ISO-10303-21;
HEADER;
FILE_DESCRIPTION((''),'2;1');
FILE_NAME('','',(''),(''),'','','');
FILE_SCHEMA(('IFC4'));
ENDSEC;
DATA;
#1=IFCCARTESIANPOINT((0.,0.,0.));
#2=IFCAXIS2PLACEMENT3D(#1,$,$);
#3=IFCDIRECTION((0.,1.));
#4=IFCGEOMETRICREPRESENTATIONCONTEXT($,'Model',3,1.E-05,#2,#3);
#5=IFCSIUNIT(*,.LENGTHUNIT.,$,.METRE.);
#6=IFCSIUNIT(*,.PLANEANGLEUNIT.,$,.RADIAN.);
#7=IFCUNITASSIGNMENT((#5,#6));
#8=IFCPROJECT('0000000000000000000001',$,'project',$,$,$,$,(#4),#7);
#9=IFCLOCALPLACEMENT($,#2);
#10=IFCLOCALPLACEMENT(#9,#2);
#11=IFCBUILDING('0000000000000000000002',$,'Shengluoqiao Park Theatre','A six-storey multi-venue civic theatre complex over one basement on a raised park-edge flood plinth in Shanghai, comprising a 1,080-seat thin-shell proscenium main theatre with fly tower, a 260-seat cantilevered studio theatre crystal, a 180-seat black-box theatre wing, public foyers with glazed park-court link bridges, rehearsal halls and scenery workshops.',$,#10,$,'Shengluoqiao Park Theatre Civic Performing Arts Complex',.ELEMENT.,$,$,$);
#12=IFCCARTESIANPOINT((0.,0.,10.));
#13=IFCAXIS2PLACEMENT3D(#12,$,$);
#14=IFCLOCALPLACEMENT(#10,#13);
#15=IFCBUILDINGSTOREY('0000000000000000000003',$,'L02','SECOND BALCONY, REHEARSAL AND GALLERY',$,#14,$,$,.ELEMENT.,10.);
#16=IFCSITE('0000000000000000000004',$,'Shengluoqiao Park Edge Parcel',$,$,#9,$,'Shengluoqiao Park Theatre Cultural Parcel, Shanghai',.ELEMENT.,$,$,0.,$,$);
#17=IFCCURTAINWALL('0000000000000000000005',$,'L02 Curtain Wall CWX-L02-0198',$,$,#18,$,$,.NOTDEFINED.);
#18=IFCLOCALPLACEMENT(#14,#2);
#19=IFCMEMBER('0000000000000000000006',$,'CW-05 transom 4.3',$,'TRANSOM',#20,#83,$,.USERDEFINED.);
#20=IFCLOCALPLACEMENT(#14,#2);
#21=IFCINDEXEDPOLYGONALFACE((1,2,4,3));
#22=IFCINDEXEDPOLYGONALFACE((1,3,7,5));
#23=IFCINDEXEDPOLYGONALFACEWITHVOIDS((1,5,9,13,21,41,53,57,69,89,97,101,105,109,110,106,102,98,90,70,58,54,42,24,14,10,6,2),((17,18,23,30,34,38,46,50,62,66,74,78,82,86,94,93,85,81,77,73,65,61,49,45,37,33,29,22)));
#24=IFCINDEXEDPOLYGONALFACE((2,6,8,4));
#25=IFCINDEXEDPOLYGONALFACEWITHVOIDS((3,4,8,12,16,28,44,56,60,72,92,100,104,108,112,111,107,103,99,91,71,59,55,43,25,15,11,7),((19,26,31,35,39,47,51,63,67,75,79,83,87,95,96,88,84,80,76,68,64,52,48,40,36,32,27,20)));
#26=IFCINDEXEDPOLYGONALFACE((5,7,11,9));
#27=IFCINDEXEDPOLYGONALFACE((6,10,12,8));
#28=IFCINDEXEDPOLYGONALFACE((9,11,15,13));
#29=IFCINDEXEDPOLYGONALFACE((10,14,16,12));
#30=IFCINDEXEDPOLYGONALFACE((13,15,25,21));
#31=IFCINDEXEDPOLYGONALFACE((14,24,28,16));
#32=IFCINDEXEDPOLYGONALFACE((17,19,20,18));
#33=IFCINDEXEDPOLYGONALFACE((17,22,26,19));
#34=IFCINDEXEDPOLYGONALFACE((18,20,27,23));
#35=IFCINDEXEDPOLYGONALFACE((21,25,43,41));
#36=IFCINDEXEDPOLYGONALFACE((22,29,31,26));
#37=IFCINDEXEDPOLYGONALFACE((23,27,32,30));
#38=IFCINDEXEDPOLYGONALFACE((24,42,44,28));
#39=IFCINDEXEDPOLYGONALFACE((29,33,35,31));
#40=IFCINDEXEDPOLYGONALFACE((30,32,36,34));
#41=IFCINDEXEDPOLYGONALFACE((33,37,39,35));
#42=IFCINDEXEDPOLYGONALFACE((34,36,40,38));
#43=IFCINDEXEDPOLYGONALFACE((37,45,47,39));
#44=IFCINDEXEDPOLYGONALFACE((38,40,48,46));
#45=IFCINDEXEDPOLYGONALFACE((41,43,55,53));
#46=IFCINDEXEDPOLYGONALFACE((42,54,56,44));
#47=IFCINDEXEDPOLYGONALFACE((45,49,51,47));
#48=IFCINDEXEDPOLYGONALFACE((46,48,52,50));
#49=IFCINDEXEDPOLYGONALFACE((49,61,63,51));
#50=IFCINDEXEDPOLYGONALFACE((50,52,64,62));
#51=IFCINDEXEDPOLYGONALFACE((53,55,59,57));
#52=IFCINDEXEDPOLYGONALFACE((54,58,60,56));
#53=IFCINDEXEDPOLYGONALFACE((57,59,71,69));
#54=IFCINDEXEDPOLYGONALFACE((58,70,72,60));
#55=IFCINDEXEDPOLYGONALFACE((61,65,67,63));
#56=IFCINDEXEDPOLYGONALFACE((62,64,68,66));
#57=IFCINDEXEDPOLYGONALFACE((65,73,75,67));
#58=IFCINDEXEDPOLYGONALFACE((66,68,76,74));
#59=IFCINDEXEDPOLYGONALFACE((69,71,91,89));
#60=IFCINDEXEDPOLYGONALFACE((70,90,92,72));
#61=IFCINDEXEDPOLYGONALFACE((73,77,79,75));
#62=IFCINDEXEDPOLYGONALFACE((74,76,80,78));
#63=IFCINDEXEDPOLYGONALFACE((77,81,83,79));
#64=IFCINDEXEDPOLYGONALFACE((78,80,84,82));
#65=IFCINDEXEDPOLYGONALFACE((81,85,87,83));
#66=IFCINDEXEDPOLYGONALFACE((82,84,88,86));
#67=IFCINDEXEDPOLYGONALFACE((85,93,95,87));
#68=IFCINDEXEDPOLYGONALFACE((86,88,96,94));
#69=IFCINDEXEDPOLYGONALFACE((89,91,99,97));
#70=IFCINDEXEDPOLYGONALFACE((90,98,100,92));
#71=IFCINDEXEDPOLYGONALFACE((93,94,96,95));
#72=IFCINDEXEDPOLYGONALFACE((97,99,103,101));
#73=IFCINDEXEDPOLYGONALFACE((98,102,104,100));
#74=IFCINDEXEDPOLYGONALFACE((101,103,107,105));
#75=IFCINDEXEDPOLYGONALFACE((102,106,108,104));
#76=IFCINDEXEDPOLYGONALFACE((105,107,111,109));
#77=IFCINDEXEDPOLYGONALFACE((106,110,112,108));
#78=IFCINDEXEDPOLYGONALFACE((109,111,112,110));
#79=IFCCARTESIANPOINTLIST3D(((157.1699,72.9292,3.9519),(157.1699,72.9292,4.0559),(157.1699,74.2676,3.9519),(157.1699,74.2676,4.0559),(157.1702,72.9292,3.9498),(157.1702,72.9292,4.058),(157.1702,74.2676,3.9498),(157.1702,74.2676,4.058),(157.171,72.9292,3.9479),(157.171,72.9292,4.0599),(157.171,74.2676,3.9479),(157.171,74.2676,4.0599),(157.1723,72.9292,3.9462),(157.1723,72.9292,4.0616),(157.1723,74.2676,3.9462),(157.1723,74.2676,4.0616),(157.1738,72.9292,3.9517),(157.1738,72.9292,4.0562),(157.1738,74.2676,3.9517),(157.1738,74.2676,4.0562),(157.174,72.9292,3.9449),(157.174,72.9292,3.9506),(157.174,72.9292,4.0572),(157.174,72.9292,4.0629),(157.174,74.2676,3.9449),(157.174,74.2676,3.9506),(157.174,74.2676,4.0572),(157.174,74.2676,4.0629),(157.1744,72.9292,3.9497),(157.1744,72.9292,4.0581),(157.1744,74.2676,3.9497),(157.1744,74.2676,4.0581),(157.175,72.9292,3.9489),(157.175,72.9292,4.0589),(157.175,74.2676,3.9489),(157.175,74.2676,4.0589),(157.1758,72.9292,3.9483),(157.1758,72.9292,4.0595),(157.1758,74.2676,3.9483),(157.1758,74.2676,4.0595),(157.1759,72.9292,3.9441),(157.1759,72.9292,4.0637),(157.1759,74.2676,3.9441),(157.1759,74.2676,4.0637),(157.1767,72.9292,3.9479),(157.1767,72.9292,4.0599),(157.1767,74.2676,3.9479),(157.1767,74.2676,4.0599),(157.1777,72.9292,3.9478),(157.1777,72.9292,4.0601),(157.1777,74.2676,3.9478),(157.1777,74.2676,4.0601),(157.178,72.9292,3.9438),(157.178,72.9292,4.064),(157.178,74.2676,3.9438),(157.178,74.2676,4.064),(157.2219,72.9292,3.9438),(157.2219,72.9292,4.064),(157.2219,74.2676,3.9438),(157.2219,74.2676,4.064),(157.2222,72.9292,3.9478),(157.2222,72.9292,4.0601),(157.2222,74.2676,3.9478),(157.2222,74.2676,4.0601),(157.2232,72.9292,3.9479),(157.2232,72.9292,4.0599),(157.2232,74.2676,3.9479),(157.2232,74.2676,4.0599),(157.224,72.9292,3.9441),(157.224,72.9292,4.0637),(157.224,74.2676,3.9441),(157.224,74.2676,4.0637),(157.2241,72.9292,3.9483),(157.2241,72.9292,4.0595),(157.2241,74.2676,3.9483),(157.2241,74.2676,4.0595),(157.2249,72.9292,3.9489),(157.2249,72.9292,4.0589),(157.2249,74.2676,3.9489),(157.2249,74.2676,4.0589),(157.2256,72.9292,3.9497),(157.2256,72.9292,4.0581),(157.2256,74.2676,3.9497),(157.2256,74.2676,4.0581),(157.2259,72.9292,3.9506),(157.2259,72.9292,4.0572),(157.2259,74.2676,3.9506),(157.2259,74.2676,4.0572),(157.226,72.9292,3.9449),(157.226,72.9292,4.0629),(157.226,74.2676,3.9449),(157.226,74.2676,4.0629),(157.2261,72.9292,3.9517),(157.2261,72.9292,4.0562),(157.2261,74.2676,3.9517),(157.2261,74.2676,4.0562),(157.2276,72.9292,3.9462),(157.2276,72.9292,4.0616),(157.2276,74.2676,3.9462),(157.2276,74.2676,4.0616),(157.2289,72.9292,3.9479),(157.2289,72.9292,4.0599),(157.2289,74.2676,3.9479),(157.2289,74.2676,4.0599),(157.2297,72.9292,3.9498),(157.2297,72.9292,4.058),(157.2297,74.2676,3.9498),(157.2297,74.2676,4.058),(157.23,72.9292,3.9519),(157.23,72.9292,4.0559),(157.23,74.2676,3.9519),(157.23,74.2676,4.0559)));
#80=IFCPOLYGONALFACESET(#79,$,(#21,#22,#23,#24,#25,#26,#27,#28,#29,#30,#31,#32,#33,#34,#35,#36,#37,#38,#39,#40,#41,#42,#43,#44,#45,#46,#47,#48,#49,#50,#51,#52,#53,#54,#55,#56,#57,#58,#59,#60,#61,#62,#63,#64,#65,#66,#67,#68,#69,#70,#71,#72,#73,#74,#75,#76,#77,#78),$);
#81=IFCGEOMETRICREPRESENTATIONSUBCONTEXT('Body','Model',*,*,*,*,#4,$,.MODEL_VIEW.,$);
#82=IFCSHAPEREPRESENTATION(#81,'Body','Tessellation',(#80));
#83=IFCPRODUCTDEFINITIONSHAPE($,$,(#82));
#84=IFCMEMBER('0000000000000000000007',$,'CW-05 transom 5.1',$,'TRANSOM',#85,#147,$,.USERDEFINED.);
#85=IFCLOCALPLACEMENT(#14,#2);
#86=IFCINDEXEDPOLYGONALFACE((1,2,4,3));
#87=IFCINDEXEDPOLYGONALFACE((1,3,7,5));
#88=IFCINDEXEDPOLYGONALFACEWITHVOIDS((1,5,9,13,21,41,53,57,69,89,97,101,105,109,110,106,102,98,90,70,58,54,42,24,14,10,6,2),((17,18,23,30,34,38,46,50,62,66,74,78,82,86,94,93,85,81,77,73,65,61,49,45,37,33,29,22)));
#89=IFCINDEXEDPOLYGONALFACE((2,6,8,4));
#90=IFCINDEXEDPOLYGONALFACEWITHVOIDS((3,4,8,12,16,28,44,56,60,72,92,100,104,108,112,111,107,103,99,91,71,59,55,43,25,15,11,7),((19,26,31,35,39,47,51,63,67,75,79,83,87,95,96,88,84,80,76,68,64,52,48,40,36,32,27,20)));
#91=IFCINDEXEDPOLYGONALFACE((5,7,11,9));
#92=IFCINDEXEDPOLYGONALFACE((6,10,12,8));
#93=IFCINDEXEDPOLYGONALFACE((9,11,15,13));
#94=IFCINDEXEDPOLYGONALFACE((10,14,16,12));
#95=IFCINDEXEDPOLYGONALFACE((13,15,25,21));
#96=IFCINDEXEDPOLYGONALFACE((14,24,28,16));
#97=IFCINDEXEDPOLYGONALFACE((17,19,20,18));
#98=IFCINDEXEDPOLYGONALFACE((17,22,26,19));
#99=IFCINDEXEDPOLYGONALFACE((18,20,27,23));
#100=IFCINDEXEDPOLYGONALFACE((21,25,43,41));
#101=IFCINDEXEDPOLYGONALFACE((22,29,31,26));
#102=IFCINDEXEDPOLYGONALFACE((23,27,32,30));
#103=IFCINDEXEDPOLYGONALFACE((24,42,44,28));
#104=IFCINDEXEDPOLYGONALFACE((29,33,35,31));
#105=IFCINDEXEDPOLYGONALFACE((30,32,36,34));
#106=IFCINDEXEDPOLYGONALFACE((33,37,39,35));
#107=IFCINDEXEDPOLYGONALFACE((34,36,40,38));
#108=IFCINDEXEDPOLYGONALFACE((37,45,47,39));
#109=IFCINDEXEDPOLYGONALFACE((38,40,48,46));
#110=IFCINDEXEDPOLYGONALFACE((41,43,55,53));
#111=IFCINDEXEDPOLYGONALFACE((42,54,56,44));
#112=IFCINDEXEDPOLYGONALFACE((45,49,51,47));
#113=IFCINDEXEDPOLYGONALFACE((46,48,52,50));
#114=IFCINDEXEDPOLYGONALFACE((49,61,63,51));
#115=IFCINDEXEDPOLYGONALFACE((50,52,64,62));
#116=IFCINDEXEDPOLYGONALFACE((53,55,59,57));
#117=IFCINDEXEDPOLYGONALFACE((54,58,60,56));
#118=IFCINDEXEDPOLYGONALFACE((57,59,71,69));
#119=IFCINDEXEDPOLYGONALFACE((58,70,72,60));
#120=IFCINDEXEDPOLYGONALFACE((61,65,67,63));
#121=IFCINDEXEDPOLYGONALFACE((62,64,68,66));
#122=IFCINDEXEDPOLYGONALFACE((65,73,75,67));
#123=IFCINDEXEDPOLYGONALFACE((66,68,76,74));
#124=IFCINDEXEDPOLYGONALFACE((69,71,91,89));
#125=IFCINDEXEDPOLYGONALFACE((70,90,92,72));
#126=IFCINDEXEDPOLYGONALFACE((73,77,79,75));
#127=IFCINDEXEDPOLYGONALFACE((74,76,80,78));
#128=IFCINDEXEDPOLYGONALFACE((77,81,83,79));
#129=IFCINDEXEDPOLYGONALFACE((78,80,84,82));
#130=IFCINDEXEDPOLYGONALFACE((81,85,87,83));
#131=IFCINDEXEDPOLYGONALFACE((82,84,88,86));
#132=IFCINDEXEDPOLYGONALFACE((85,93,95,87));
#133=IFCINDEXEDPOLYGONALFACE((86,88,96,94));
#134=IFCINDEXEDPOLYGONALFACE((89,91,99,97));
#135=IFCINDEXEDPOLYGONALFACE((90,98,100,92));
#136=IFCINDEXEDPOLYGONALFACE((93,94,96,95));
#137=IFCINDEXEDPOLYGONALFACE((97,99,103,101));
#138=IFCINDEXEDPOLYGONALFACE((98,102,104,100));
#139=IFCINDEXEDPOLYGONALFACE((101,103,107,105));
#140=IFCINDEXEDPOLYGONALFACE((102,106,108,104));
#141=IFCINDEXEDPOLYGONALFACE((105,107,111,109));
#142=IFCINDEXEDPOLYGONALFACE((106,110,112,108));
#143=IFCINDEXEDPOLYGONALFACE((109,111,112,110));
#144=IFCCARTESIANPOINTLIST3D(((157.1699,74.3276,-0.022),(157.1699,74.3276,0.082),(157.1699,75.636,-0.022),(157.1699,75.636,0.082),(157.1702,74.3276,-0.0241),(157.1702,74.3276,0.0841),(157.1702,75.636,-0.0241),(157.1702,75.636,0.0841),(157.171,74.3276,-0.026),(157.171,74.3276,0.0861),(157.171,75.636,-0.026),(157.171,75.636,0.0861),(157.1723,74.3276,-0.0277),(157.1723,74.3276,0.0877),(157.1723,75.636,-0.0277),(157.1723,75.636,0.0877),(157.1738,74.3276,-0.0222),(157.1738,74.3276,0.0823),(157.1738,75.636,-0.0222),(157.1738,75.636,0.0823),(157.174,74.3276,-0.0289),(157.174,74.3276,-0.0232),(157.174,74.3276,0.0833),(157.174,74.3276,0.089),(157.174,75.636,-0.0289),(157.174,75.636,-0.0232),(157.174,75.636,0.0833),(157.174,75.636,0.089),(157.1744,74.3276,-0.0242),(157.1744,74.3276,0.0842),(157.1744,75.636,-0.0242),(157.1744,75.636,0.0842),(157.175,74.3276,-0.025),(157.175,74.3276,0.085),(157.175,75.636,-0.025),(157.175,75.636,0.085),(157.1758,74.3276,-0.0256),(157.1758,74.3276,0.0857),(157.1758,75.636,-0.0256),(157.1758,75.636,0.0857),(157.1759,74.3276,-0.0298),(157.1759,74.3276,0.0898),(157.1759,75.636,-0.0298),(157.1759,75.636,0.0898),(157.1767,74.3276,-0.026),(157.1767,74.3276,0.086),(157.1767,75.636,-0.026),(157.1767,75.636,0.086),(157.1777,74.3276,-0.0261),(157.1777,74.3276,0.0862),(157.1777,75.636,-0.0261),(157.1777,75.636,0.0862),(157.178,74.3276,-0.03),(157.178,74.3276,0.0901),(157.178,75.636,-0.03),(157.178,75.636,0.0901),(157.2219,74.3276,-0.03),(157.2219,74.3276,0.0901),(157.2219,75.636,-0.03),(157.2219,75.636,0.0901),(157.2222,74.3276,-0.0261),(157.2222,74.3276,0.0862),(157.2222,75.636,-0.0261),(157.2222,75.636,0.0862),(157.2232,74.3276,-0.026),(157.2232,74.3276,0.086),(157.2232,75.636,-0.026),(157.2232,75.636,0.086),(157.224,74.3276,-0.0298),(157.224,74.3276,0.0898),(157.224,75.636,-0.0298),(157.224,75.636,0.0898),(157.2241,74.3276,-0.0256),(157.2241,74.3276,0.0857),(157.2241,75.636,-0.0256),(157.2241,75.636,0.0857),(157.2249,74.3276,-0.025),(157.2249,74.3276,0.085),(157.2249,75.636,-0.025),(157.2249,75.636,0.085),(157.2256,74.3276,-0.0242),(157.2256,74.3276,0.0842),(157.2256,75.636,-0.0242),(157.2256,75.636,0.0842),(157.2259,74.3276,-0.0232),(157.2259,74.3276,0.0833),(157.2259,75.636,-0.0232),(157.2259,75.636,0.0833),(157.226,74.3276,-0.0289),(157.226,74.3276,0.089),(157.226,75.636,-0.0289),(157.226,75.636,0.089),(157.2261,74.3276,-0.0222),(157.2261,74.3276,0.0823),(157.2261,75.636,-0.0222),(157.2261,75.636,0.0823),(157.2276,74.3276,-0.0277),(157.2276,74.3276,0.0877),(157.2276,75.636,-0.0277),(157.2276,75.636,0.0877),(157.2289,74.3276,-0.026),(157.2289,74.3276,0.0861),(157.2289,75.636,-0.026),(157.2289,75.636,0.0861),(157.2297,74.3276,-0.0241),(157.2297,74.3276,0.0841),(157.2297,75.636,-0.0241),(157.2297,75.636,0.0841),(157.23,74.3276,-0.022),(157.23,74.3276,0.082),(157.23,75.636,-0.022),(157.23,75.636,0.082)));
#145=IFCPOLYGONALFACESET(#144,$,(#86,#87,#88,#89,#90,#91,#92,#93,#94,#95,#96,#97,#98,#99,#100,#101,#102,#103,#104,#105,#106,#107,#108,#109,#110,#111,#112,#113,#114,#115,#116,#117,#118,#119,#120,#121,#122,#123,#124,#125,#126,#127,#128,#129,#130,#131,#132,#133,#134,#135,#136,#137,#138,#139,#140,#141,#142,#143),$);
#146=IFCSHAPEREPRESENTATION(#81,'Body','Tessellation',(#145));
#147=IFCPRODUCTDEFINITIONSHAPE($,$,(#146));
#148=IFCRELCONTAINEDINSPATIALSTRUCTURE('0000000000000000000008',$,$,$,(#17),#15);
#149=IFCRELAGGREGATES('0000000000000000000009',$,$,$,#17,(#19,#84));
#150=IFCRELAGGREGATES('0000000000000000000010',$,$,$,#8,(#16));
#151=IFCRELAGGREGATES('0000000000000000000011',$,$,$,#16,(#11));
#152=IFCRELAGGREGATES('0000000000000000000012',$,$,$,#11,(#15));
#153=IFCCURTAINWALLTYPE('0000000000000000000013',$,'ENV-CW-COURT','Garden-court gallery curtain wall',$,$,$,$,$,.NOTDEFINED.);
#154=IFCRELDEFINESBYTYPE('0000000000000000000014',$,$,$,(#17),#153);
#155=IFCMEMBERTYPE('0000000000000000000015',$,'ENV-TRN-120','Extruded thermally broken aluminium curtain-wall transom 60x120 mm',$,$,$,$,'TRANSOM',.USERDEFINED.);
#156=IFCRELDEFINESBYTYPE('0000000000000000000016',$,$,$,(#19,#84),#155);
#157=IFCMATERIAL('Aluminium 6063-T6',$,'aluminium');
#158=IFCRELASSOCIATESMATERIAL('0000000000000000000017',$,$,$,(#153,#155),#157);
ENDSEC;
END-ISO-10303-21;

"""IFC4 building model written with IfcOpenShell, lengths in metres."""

from ifc_helpers import new_model, si_unit, direction, frame, origin, origin_2d, place, context, subcontext, project, spatial, hollow_rectangle, extrude, material, material_profile, profile_set, type_object, element, aggregate, save


model = new_model("IFC4")

# Units and contexts
model_context = context("Model", 3, precision=1e-05, world=origin(), true_north=direction((0.0, 1.0)))
body_context = subcontext(model_context, "Body", "Model", "MODEL_VIEW")
ifc_project = project(units=[si_unit("LENGTHUNIT", "METRE"), si_unit("PLANEANGLEUNIT", "RADIAN")], contexts=[model_context])

# Site, building, storey
site_placement = place(None, origin())
site = spatial("IfcSite", under=ifc_project, at=site_placement, Name="Shengluoqiao Park Edge Parcel", LongName="Shengluoqiao Park Theatre Cultural Parcel, Shanghai", CompositionType="ELEMENT", RefElevation=0.0)
building_placement = place(site_placement, origin())
building = spatial("IfcBuilding", under=site, at=building_placement, Name="Shengluoqiao Park Theatre", Description="A six-storey multi-venue civic theatre complex over one basement on a raised park-edge flood plinth in Shanghai, comprising a 1,080-seat thin-shell proscenium main theatre with fly tower, a 260-seat cantilevered studio theatre crystal, a 180-seat black-box theatre wing, public foyers with glazed park-court link bridges, rehearsal halls and scenery workshops.", LongName="Shengluoqiao Park Theatre Civic Performing Arts Complex", CompositionType="ELEMENT")
storey_placement = place(building_placement, frame((0.0, 0.0, 10.0)))
storey = spatial("IfcBuildingStorey", under=building, at=storey_placement, Name="L02", Description="SECOND BALCONY, REHEARSAL AND GALLERY", CompositionType="ELEMENT", Elevation=10.0)

# Curtain wall, members
ifc_material_1 = material(Name="Aluminium 6063-T6", Category="aluminium")
curtain_wall_type = type_object("IfcCurtainWallType", Name="ENV-CW-COURT", Description="Garden-court gallery curtain wall", PredefinedType="NOTDEFINED", material=ifc_material_1)
curtain_wall_placement = place(storey_placement, origin())
curtain_wall = element("IfcCurtainWall", 1, at=curtain_wall_placement, inside=storey, type_object=curtain_wall_type, Name="L02 Curtain Wall CWX-L02-0198", PredefinedType="NOTDEFINED")
ifc_material_profile_1 = material_profile(ifc_material_1, hollow_rectangle(XDim=0.0601, YDim=0.1201, WallThickness=0.0039, InnerFilletRadius=0.0039, OuterFilletRadius=0.0081, at=origin_2d()), Name="ALU TRANSOM 120x60x4")
ifc_profile_set_1 = profile_set([ifc_material_profile_1], Name="Aluminium 6063-T6")
member_type_1 = type_object("IfcMemberType", Name="ENV-TRN-120", Description="Extruded thermally broken aluminium curtain-wall transom 60x120 mm", ElementType="TRANSOM", PredefinedType="USERDEFINED", material=ifc_profile_set_1)
member_1_placement = place(storey_placement, frame((157.2, 72.9292, 4.0039), z_axis=(0.0, 1.0, 0.0), x_axis=(-1.0, 0.0, 0.0)))
member_1 = element("IfcMember", 2, at=member_1_placement, type_object=member_type_1, Name="CW-05 transom 4.3", ObjectType="TRANSOM", PredefinedType="USERDEFINED", context=body_context, shape_type="SweptSolid", body=[
    extrude(hollow_rectangle(XDim=0.0601, YDim=0.1201, WallThickness=0.0039, InnerFilletRadius=0.0039, OuterFilletRadius=0.0081, at=origin_2d()), origin(), (0.0, 0.0, 1.0), 1.3384),
])
member_2_placement = place(storey_placement, frame((157.2, 74.3276, 0.03), z_axis=(0.0, 1.0, 0.0), x_axis=(-1.0, 0.0, 0.0)))
member_2 = element("IfcMember", 3, at=member_2_placement, type_object=member_type_1, Name="CW-05 transom 5.1", ObjectType="TRANSOM", PredefinedType="USERDEFINED", context=body_context, shape_type="SweptSolid", body=[
    extrude(hollow_rectangle(XDim=0.0601, YDim=0.1201, WallThickness=0.0039, InnerFilletRadius=0.0039, OuterFilletRadius=0.0081, at=origin_2d()), origin(), (0.0, 0.0, 1.0), 1.3083),
])

aggregate(curtain_wall, [member_1, member_2])

save(model, "model.ifc")
